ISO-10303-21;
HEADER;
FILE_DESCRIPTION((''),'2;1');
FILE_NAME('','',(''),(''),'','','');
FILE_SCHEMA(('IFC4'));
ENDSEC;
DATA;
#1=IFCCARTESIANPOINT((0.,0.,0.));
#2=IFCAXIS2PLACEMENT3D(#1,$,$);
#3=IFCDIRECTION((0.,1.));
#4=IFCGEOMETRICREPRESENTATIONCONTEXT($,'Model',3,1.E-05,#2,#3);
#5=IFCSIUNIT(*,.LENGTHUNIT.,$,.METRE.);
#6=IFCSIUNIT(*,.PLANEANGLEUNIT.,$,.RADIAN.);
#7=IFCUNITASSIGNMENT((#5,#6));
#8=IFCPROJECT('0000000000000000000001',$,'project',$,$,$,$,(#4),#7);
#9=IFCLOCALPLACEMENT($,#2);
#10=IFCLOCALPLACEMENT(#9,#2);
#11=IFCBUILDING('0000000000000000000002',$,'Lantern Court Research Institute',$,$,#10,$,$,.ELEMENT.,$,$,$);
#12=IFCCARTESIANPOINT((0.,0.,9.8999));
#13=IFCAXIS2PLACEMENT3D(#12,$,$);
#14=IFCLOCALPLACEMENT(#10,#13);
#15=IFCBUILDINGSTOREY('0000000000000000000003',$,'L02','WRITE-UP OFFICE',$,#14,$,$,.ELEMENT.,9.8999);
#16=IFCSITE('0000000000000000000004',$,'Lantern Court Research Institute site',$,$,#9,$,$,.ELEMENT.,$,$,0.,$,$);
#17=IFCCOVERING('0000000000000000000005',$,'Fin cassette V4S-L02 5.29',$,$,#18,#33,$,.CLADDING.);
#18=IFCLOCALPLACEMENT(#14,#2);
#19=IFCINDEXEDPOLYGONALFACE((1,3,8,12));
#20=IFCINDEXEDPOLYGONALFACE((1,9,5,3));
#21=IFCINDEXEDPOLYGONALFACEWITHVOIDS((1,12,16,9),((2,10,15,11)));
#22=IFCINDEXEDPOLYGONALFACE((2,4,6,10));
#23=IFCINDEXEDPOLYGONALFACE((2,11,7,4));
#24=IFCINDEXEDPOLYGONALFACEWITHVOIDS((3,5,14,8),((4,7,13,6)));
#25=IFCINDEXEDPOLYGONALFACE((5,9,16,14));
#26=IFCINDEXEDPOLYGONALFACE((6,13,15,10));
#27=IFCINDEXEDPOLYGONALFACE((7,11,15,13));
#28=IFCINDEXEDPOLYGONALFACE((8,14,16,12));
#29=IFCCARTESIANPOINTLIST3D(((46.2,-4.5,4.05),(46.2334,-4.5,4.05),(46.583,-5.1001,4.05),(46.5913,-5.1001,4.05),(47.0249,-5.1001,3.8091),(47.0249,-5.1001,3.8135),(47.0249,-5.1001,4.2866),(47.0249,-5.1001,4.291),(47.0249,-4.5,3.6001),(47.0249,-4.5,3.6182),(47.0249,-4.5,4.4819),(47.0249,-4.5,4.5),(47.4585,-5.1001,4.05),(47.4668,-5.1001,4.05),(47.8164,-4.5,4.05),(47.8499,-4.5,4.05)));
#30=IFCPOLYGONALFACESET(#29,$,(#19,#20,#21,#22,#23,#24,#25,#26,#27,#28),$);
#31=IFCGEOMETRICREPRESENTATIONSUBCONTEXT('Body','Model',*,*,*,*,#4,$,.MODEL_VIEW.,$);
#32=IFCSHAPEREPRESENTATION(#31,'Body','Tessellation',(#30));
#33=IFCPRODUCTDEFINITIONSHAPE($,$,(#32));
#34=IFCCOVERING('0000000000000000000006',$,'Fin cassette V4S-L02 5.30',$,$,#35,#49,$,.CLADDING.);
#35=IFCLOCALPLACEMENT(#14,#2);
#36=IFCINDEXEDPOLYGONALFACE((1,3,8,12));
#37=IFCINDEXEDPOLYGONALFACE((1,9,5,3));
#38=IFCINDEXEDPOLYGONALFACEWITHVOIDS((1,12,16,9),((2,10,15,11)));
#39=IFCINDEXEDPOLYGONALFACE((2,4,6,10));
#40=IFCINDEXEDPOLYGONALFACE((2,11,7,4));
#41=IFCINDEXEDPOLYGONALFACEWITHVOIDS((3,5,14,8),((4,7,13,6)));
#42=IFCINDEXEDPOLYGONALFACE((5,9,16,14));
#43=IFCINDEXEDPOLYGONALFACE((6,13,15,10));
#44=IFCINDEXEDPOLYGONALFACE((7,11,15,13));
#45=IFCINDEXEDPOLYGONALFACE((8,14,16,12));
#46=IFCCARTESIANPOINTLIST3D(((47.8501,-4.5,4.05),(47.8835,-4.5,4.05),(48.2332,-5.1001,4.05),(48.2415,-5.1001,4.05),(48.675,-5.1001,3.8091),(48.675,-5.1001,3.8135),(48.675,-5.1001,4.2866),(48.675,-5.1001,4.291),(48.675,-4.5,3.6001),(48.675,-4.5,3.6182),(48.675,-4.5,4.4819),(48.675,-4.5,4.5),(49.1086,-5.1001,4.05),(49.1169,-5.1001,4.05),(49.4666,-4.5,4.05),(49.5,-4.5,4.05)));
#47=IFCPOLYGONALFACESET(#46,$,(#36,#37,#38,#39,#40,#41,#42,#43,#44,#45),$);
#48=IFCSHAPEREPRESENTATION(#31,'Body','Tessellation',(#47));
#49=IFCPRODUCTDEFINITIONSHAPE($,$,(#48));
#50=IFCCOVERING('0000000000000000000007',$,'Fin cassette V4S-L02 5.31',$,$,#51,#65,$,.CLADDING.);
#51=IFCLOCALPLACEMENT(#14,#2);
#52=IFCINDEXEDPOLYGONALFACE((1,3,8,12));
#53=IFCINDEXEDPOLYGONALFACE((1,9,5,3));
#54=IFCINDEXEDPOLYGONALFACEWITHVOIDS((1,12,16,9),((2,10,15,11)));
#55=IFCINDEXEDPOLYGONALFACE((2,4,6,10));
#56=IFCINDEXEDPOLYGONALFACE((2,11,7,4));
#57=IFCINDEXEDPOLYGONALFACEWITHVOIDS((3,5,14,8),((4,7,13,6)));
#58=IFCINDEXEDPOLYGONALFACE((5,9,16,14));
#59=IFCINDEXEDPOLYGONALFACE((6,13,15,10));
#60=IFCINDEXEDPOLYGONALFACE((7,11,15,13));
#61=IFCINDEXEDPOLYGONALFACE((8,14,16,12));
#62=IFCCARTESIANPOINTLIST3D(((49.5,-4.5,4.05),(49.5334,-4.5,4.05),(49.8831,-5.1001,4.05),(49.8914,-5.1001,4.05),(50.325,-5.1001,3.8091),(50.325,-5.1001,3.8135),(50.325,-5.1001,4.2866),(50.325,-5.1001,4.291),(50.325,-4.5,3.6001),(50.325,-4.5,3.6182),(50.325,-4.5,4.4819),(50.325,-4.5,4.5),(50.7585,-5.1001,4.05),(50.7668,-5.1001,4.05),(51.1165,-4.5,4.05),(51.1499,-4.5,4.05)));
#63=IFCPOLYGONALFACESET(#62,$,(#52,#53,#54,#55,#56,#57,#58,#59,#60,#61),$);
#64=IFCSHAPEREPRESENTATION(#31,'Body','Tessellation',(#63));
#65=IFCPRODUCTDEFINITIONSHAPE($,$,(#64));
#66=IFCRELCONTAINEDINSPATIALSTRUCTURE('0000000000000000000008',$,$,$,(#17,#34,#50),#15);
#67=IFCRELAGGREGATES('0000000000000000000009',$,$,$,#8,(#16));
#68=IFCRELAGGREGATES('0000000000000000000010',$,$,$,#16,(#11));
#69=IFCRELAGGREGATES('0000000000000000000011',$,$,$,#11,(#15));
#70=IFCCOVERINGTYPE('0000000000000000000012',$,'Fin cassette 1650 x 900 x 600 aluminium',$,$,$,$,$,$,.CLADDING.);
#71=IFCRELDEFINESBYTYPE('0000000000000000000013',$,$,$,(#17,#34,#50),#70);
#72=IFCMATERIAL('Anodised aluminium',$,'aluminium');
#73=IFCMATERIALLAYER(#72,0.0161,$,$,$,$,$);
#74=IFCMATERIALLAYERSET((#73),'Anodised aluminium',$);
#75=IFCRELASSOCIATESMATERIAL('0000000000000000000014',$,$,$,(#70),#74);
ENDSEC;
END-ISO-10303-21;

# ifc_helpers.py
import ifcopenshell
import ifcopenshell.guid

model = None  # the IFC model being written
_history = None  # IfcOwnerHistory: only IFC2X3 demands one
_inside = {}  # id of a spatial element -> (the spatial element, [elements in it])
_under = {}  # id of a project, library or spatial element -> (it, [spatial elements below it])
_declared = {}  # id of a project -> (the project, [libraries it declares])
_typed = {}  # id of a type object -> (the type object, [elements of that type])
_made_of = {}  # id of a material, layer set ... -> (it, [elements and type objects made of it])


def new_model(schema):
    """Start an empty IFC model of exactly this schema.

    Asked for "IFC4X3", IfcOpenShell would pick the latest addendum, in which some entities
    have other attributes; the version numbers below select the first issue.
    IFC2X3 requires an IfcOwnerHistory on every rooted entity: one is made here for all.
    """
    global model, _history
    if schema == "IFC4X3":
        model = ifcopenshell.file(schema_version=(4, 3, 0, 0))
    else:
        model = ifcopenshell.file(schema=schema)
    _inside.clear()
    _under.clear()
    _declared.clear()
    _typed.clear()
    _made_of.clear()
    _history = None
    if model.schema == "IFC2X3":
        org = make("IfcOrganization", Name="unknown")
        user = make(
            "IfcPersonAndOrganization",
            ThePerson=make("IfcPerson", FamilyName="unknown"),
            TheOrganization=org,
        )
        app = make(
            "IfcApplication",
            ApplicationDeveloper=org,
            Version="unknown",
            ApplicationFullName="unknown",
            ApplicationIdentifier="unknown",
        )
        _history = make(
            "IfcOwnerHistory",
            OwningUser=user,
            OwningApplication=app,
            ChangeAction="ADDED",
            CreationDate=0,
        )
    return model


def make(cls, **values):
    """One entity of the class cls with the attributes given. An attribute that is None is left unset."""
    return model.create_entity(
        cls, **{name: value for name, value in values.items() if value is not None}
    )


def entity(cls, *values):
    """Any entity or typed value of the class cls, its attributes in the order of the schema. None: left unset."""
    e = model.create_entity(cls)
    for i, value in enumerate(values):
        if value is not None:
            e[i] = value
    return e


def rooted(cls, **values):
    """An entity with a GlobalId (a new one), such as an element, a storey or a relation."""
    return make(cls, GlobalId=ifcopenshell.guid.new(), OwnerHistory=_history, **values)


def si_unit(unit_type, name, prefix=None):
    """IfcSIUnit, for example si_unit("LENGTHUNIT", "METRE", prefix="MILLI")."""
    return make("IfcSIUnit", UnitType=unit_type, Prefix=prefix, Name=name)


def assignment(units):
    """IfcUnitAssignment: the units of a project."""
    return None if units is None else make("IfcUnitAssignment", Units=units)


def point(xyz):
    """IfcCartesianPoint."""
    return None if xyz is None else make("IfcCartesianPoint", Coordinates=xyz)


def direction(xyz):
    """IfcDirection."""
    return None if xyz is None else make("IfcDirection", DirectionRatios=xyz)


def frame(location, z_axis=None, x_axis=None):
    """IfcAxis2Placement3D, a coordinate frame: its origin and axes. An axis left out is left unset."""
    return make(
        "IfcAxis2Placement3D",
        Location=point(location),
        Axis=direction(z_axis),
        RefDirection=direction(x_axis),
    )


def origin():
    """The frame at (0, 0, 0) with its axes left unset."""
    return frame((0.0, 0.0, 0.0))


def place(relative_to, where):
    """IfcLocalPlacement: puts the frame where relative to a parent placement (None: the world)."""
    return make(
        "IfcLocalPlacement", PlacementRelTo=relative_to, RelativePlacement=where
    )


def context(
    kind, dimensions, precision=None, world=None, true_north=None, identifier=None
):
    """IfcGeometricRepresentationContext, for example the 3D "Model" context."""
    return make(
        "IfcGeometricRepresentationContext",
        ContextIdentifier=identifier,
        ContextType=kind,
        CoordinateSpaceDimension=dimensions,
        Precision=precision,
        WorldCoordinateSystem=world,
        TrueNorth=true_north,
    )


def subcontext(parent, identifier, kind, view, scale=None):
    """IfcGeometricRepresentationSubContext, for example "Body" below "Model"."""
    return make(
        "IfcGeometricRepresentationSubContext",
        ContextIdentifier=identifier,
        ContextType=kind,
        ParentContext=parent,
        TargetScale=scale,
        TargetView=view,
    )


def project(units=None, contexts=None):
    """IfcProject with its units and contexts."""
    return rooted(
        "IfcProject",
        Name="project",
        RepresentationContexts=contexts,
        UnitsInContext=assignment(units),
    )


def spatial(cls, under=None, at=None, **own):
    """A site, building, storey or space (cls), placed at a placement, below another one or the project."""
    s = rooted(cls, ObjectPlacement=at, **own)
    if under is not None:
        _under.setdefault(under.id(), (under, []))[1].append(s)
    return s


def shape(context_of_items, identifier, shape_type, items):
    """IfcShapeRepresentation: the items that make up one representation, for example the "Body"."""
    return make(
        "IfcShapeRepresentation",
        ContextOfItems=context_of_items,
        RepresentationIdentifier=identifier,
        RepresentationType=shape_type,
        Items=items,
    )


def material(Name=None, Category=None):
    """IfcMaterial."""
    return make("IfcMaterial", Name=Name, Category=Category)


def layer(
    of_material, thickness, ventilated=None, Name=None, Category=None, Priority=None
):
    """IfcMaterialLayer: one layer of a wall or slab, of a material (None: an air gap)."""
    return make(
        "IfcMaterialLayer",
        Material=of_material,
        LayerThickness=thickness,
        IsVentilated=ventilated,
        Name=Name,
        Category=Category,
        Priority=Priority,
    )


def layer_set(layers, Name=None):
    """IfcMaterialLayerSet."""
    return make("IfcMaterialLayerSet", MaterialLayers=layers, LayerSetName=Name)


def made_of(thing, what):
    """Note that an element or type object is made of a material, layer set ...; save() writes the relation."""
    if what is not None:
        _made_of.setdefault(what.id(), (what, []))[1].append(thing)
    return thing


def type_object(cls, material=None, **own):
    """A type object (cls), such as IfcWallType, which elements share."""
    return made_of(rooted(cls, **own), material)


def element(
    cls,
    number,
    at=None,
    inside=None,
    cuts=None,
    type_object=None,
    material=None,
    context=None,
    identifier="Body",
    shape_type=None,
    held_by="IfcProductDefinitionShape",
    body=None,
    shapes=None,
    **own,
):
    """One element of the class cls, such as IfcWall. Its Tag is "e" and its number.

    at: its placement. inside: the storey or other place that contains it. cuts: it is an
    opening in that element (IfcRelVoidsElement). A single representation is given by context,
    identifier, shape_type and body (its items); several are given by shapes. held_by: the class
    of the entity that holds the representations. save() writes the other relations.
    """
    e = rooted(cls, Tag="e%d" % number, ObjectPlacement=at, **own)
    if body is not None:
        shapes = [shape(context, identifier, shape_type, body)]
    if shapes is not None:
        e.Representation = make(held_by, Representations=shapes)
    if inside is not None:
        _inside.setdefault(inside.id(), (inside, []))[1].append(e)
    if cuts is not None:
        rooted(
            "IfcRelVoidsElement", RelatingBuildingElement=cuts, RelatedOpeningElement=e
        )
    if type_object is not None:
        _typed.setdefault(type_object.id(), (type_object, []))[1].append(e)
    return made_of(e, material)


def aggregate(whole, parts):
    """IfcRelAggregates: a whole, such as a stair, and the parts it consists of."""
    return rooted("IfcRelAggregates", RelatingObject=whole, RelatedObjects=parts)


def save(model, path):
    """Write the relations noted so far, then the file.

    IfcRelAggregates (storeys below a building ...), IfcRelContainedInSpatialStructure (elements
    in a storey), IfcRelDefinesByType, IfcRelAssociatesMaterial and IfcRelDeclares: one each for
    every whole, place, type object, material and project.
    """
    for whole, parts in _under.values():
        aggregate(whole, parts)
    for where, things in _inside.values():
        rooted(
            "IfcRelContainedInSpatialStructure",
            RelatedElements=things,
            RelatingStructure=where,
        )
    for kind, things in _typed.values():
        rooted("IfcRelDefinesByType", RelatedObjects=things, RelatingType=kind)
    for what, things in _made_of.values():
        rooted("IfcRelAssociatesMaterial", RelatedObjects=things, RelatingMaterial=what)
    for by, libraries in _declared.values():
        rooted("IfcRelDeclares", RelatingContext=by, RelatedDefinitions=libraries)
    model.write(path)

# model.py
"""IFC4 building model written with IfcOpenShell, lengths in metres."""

from ifc_helpers import new_model, entity, si_unit, direction, frame, origin, place, context, subcontext, project, spatial, material, layer, layer_set, type_object, element, save


model = new_model("IFC4")

# Units and contexts
model_context = context("Model", 3, precision=1e-05, world=origin(), true_north=direction((0.0, 1.0)))
body_context = subcontext(model_context, "Body", "Model", "MODEL_VIEW")
ifc_project = project(units=[si_unit("LENGTHUNIT", "METRE"), si_unit("PLANEANGLEUNIT", "RADIAN")], contexts=[model_context])

# Site, building, storey
site_placement = place(None, origin())
site = spatial("IfcSite", under=ifc_project, at=site_placement, Name="Lantern Court Research Institute site", CompositionType="ELEMENT", RefElevation=0.0)
building_placement = place(site_placement, origin())
building = spatial("IfcBuilding", under=site, at=building_placement, Name="Lantern Court Research Institute", CompositionType="ELEMENT")
storey_placement = place(building_placement, frame((0.0, 0.0, 9.8999)))
storey = spatial("IfcBuildingStorey", under=building, at=storey_placement, Name="L02", Description="WRITE-UP OFFICE", CompositionType="ELEMENT", Elevation=9.8999)

# Coverings
ifc_material_1 = material(Name="Anodised aluminium", Category="aluminium")
ifc_layer_1 = layer(ifc_material_1, 0.0161)
ifc_layer_set_1 = layer_set([ifc_layer_1], Name="Anodised aluminium")
covering_type = type_object("IfcCoveringType", Name="Fin cassette 1650 x 900 x 600 aluminium", PredefinedType="CLADDING", material=ifc_layer_set_1)
covering_1_placement = place(storey_placement, frame((47.0249, -4.5, 4.05), z_axis=(0.0, -1.0, 0.0), x_axis=(1.0, 0.0, 0.0)))
cartesian_point_1 = entity("IfcCartesianPoint", [0.825, 0.0])
cartesian_point_2 = entity("IfcCartesianPoint", [0.7915, 0.0])
cartesian_point_3 = entity("IfcCartesianPoint", [0.4419, 0.0])
cartesian_point_4 = entity("IfcCartesianPoint", [0.4336, 0.0])
element("IfcCovering", 1, at=covering_1_placement, inside=storey, type_object=covering_type, Name="Fin cassette V4S-L02 5.29", PredefinedType="CLADDING", context=body_context, shape_type="SweptSolid", body=[
    entity("IfcExtrudedAreaSolidTapered", entity("IfcArbitraryProfileDefWithVoids", "AREA", None, entity("IfcPolyline", [cartesian_point_1, entity("IfcCartesianPoint", [0.0, 0.45]), entity("IfcCartesianPoint", [-0.825, 0.0]), entity("IfcCartesianPoint", [0.0, -0.45]), cartesian_point_1]), [entity("IfcPolyline", [cartesian_point_2, entity("IfcCartesianPoint", [0.0, 0.4319]), entity("IfcCartesianPoint", [-0.7915, 0.0]), entity("IfcCartesianPoint", [0.0, -0.4319]), cartesian_point_2])]), entity("IfcAxis2Placement3D", entity("IfcCartesianPoint", [0.0, 0.0, 0.0])), entity("IfcDirection", [0.0, 0.0, 1.0]), 0.6001, entity("IfcArbitraryProfileDefWithVoids", "AREA", None, entity("IfcPolyline", [cartesian_point_3, entity("IfcCartesianPoint", [0.0, 0.241]), entity("IfcCartesianPoint", [-0.4419, 0.0]), entity("IfcCartesianPoint", [0.0, -0.241]), cartesian_point_3]), [entity("IfcPolyline", [cartesian_point_4, entity("IfcCartesianPoint", [0.0, 0.2366]), entity("IfcCartesianPoint", [-0.4336, 0.0]), entity("IfcCartesianPoint", [0.0, -0.2366]), cartesian_point_4])])),
])
covering_2_placement = place(storey_placement, frame((48.675, -4.5, 4.05), z_axis=(0.0, -1.0, 0.0), x_axis=(1.0, 0.0, 0.0)))
cartesian_point_5 = entity("IfcCartesianPoint", [0.825, 0.0])
cartesian_point_6 = entity("IfcCartesianPoint", [0.7915, 0.0])
cartesian_point_7 = entity("IfcCartesianPoint", [0.4419, 0.0])
cartesian_point_8 = entity("IfcCartesianPoint", [0.4336, 0.0])
element("IfcCovering", 2, at=covering_2_placement, inside=storey, type_object=covering_type, Name="Fin cassette V4S-L02 5.30", PredefinedType="CLADDING", context=body_context, shape_type="SweptSolid", body=[
    entity("IfcExtrudedAreaSolidTapered", entity("IfcArbitraryProfileDefWithVoids", "AREA", None, entity("IfcPolyline", [cartesian_point_5, entity("IfcCartesianPoint", [0.0, 0.45]), entity("IfcCartesianPoint", [-0.825, 0.0]), entity("IfcCartesianPoint", [0.0, -0.45]), cartesian_point_5]), [entity("IfcPolyline", [cartesian_point_6, entity("IfcCartesianPoint", [0.0, 0.4319]), entity("IfcCartesianPoint", [-0.7915, 0.0]), entity("IfcCartesianPoint", [0.0, -0.4319]), cartesian_point_6])]), entity("IfcAxis2Placement3D", entity("IfcCartesianPoint", [0.0, 0.0, 0.0])), entity("IfcDirection", [0.0, 0.0, 1.0]), 0.6001, entity("IfcArbitraryProfileDefWithVoids", "AREA", None, entity("IfcPolyline", [cartesian_point_7, entity("IfcCartesianPoint", [0.0, 0.241]), entity("IfcCartesianPoint", [-0.4419, 0.0]), entity("IfcCartesianPoint", [0.0, -0.241]), cartesian_point_7]), [entity("IfcPolyline", [cartesian_point_8, entity("IfcCartesianPoint", [0.0, 0.2366]), entity("IfcCartesianPoint", [-0.4336, 0.0]), entity("IfcCartesianPoint", [0.0, -0.2366]), cartesian_point_8])])),
])
covering_3_placement = place(storey_placement, frame((50.325, -4.5, 4.05), z_axis=(0.0, -1.0, 0.0), x_axis=(1.0, 0.0, 0.0)))
cartesian_point_9 = entity("IfcCartesianPoint", [0.825, 0.0])
cartesian_point_10 = entity("IfcCartesianPoint", [0.7915, 0.0])
cartesian_point_11 = entity("IfcCartesianPoint", [0.4419, 0.0])
cartesian_point_12 = entity("IfcCartesianPoint", [0.4336, 0.0])
element("IfcCovering", 3, at=covering_3_placement, inside=storey, type_object=covering_type, Name="Fin cassette V4S-L02 5.31", PredefinedType="CLADDING", context=body_context, shape_type="SweptSolid", body=[
    entity("IfcExtrudedAreaSolidTapered", entity("IfcArbitraryProfileDefWithVoids", "AREA", None, entity("IfcPolyline", [cartesian_point_9, entity("IfcCartesianPoint", [0.0, 0.45]), entity("IfcCartesianPoint", [-0.825, 0.0]), entity("IfcCartesianPoint", [0.0, -0.45]), cartesian_point_9]), [entity("IfcPolyline", [cartesian_point_10, entity("IfcCartesianPoint", [0.0, 0.4319]), entity("IfcCartesianPoint", [-0.7915, 0.0]), entity("IfcCartesianPoint", [0.0, -0.4319]), cartesian_point_10])]), entity("IfcAxis2Placement3D", entity("IfcCartesianPoint", [0.0, 0.0, 0.0])), entity("IfcDirection", [0.0, 0.0, 1.0]), 0.6001, entity("IfcArbitraryProfileDefWithVoids", "AREA", None, entity("IfcPolyline", [cartesian_point_11, entity("IfcCartesianPoint", [0.0, 0.241]), entity("IfcCartesianPoint", [-0.4419, 0.0]), entity("IfcCartesianPoint", [0.0, -0.241]), cartesian_point_11]), [entity("IfcPolyline", [cartesian_point_12, entity("IfcCartesianPoint", [0.0, 0.2366]), entity("IfcCartesianPoint", [-0.4336, 0.0]), entity("IfcCartesianPoint", [0.0, -0.2366]), cartesian_point_12])])),
])

save(model, "model.ifc")
